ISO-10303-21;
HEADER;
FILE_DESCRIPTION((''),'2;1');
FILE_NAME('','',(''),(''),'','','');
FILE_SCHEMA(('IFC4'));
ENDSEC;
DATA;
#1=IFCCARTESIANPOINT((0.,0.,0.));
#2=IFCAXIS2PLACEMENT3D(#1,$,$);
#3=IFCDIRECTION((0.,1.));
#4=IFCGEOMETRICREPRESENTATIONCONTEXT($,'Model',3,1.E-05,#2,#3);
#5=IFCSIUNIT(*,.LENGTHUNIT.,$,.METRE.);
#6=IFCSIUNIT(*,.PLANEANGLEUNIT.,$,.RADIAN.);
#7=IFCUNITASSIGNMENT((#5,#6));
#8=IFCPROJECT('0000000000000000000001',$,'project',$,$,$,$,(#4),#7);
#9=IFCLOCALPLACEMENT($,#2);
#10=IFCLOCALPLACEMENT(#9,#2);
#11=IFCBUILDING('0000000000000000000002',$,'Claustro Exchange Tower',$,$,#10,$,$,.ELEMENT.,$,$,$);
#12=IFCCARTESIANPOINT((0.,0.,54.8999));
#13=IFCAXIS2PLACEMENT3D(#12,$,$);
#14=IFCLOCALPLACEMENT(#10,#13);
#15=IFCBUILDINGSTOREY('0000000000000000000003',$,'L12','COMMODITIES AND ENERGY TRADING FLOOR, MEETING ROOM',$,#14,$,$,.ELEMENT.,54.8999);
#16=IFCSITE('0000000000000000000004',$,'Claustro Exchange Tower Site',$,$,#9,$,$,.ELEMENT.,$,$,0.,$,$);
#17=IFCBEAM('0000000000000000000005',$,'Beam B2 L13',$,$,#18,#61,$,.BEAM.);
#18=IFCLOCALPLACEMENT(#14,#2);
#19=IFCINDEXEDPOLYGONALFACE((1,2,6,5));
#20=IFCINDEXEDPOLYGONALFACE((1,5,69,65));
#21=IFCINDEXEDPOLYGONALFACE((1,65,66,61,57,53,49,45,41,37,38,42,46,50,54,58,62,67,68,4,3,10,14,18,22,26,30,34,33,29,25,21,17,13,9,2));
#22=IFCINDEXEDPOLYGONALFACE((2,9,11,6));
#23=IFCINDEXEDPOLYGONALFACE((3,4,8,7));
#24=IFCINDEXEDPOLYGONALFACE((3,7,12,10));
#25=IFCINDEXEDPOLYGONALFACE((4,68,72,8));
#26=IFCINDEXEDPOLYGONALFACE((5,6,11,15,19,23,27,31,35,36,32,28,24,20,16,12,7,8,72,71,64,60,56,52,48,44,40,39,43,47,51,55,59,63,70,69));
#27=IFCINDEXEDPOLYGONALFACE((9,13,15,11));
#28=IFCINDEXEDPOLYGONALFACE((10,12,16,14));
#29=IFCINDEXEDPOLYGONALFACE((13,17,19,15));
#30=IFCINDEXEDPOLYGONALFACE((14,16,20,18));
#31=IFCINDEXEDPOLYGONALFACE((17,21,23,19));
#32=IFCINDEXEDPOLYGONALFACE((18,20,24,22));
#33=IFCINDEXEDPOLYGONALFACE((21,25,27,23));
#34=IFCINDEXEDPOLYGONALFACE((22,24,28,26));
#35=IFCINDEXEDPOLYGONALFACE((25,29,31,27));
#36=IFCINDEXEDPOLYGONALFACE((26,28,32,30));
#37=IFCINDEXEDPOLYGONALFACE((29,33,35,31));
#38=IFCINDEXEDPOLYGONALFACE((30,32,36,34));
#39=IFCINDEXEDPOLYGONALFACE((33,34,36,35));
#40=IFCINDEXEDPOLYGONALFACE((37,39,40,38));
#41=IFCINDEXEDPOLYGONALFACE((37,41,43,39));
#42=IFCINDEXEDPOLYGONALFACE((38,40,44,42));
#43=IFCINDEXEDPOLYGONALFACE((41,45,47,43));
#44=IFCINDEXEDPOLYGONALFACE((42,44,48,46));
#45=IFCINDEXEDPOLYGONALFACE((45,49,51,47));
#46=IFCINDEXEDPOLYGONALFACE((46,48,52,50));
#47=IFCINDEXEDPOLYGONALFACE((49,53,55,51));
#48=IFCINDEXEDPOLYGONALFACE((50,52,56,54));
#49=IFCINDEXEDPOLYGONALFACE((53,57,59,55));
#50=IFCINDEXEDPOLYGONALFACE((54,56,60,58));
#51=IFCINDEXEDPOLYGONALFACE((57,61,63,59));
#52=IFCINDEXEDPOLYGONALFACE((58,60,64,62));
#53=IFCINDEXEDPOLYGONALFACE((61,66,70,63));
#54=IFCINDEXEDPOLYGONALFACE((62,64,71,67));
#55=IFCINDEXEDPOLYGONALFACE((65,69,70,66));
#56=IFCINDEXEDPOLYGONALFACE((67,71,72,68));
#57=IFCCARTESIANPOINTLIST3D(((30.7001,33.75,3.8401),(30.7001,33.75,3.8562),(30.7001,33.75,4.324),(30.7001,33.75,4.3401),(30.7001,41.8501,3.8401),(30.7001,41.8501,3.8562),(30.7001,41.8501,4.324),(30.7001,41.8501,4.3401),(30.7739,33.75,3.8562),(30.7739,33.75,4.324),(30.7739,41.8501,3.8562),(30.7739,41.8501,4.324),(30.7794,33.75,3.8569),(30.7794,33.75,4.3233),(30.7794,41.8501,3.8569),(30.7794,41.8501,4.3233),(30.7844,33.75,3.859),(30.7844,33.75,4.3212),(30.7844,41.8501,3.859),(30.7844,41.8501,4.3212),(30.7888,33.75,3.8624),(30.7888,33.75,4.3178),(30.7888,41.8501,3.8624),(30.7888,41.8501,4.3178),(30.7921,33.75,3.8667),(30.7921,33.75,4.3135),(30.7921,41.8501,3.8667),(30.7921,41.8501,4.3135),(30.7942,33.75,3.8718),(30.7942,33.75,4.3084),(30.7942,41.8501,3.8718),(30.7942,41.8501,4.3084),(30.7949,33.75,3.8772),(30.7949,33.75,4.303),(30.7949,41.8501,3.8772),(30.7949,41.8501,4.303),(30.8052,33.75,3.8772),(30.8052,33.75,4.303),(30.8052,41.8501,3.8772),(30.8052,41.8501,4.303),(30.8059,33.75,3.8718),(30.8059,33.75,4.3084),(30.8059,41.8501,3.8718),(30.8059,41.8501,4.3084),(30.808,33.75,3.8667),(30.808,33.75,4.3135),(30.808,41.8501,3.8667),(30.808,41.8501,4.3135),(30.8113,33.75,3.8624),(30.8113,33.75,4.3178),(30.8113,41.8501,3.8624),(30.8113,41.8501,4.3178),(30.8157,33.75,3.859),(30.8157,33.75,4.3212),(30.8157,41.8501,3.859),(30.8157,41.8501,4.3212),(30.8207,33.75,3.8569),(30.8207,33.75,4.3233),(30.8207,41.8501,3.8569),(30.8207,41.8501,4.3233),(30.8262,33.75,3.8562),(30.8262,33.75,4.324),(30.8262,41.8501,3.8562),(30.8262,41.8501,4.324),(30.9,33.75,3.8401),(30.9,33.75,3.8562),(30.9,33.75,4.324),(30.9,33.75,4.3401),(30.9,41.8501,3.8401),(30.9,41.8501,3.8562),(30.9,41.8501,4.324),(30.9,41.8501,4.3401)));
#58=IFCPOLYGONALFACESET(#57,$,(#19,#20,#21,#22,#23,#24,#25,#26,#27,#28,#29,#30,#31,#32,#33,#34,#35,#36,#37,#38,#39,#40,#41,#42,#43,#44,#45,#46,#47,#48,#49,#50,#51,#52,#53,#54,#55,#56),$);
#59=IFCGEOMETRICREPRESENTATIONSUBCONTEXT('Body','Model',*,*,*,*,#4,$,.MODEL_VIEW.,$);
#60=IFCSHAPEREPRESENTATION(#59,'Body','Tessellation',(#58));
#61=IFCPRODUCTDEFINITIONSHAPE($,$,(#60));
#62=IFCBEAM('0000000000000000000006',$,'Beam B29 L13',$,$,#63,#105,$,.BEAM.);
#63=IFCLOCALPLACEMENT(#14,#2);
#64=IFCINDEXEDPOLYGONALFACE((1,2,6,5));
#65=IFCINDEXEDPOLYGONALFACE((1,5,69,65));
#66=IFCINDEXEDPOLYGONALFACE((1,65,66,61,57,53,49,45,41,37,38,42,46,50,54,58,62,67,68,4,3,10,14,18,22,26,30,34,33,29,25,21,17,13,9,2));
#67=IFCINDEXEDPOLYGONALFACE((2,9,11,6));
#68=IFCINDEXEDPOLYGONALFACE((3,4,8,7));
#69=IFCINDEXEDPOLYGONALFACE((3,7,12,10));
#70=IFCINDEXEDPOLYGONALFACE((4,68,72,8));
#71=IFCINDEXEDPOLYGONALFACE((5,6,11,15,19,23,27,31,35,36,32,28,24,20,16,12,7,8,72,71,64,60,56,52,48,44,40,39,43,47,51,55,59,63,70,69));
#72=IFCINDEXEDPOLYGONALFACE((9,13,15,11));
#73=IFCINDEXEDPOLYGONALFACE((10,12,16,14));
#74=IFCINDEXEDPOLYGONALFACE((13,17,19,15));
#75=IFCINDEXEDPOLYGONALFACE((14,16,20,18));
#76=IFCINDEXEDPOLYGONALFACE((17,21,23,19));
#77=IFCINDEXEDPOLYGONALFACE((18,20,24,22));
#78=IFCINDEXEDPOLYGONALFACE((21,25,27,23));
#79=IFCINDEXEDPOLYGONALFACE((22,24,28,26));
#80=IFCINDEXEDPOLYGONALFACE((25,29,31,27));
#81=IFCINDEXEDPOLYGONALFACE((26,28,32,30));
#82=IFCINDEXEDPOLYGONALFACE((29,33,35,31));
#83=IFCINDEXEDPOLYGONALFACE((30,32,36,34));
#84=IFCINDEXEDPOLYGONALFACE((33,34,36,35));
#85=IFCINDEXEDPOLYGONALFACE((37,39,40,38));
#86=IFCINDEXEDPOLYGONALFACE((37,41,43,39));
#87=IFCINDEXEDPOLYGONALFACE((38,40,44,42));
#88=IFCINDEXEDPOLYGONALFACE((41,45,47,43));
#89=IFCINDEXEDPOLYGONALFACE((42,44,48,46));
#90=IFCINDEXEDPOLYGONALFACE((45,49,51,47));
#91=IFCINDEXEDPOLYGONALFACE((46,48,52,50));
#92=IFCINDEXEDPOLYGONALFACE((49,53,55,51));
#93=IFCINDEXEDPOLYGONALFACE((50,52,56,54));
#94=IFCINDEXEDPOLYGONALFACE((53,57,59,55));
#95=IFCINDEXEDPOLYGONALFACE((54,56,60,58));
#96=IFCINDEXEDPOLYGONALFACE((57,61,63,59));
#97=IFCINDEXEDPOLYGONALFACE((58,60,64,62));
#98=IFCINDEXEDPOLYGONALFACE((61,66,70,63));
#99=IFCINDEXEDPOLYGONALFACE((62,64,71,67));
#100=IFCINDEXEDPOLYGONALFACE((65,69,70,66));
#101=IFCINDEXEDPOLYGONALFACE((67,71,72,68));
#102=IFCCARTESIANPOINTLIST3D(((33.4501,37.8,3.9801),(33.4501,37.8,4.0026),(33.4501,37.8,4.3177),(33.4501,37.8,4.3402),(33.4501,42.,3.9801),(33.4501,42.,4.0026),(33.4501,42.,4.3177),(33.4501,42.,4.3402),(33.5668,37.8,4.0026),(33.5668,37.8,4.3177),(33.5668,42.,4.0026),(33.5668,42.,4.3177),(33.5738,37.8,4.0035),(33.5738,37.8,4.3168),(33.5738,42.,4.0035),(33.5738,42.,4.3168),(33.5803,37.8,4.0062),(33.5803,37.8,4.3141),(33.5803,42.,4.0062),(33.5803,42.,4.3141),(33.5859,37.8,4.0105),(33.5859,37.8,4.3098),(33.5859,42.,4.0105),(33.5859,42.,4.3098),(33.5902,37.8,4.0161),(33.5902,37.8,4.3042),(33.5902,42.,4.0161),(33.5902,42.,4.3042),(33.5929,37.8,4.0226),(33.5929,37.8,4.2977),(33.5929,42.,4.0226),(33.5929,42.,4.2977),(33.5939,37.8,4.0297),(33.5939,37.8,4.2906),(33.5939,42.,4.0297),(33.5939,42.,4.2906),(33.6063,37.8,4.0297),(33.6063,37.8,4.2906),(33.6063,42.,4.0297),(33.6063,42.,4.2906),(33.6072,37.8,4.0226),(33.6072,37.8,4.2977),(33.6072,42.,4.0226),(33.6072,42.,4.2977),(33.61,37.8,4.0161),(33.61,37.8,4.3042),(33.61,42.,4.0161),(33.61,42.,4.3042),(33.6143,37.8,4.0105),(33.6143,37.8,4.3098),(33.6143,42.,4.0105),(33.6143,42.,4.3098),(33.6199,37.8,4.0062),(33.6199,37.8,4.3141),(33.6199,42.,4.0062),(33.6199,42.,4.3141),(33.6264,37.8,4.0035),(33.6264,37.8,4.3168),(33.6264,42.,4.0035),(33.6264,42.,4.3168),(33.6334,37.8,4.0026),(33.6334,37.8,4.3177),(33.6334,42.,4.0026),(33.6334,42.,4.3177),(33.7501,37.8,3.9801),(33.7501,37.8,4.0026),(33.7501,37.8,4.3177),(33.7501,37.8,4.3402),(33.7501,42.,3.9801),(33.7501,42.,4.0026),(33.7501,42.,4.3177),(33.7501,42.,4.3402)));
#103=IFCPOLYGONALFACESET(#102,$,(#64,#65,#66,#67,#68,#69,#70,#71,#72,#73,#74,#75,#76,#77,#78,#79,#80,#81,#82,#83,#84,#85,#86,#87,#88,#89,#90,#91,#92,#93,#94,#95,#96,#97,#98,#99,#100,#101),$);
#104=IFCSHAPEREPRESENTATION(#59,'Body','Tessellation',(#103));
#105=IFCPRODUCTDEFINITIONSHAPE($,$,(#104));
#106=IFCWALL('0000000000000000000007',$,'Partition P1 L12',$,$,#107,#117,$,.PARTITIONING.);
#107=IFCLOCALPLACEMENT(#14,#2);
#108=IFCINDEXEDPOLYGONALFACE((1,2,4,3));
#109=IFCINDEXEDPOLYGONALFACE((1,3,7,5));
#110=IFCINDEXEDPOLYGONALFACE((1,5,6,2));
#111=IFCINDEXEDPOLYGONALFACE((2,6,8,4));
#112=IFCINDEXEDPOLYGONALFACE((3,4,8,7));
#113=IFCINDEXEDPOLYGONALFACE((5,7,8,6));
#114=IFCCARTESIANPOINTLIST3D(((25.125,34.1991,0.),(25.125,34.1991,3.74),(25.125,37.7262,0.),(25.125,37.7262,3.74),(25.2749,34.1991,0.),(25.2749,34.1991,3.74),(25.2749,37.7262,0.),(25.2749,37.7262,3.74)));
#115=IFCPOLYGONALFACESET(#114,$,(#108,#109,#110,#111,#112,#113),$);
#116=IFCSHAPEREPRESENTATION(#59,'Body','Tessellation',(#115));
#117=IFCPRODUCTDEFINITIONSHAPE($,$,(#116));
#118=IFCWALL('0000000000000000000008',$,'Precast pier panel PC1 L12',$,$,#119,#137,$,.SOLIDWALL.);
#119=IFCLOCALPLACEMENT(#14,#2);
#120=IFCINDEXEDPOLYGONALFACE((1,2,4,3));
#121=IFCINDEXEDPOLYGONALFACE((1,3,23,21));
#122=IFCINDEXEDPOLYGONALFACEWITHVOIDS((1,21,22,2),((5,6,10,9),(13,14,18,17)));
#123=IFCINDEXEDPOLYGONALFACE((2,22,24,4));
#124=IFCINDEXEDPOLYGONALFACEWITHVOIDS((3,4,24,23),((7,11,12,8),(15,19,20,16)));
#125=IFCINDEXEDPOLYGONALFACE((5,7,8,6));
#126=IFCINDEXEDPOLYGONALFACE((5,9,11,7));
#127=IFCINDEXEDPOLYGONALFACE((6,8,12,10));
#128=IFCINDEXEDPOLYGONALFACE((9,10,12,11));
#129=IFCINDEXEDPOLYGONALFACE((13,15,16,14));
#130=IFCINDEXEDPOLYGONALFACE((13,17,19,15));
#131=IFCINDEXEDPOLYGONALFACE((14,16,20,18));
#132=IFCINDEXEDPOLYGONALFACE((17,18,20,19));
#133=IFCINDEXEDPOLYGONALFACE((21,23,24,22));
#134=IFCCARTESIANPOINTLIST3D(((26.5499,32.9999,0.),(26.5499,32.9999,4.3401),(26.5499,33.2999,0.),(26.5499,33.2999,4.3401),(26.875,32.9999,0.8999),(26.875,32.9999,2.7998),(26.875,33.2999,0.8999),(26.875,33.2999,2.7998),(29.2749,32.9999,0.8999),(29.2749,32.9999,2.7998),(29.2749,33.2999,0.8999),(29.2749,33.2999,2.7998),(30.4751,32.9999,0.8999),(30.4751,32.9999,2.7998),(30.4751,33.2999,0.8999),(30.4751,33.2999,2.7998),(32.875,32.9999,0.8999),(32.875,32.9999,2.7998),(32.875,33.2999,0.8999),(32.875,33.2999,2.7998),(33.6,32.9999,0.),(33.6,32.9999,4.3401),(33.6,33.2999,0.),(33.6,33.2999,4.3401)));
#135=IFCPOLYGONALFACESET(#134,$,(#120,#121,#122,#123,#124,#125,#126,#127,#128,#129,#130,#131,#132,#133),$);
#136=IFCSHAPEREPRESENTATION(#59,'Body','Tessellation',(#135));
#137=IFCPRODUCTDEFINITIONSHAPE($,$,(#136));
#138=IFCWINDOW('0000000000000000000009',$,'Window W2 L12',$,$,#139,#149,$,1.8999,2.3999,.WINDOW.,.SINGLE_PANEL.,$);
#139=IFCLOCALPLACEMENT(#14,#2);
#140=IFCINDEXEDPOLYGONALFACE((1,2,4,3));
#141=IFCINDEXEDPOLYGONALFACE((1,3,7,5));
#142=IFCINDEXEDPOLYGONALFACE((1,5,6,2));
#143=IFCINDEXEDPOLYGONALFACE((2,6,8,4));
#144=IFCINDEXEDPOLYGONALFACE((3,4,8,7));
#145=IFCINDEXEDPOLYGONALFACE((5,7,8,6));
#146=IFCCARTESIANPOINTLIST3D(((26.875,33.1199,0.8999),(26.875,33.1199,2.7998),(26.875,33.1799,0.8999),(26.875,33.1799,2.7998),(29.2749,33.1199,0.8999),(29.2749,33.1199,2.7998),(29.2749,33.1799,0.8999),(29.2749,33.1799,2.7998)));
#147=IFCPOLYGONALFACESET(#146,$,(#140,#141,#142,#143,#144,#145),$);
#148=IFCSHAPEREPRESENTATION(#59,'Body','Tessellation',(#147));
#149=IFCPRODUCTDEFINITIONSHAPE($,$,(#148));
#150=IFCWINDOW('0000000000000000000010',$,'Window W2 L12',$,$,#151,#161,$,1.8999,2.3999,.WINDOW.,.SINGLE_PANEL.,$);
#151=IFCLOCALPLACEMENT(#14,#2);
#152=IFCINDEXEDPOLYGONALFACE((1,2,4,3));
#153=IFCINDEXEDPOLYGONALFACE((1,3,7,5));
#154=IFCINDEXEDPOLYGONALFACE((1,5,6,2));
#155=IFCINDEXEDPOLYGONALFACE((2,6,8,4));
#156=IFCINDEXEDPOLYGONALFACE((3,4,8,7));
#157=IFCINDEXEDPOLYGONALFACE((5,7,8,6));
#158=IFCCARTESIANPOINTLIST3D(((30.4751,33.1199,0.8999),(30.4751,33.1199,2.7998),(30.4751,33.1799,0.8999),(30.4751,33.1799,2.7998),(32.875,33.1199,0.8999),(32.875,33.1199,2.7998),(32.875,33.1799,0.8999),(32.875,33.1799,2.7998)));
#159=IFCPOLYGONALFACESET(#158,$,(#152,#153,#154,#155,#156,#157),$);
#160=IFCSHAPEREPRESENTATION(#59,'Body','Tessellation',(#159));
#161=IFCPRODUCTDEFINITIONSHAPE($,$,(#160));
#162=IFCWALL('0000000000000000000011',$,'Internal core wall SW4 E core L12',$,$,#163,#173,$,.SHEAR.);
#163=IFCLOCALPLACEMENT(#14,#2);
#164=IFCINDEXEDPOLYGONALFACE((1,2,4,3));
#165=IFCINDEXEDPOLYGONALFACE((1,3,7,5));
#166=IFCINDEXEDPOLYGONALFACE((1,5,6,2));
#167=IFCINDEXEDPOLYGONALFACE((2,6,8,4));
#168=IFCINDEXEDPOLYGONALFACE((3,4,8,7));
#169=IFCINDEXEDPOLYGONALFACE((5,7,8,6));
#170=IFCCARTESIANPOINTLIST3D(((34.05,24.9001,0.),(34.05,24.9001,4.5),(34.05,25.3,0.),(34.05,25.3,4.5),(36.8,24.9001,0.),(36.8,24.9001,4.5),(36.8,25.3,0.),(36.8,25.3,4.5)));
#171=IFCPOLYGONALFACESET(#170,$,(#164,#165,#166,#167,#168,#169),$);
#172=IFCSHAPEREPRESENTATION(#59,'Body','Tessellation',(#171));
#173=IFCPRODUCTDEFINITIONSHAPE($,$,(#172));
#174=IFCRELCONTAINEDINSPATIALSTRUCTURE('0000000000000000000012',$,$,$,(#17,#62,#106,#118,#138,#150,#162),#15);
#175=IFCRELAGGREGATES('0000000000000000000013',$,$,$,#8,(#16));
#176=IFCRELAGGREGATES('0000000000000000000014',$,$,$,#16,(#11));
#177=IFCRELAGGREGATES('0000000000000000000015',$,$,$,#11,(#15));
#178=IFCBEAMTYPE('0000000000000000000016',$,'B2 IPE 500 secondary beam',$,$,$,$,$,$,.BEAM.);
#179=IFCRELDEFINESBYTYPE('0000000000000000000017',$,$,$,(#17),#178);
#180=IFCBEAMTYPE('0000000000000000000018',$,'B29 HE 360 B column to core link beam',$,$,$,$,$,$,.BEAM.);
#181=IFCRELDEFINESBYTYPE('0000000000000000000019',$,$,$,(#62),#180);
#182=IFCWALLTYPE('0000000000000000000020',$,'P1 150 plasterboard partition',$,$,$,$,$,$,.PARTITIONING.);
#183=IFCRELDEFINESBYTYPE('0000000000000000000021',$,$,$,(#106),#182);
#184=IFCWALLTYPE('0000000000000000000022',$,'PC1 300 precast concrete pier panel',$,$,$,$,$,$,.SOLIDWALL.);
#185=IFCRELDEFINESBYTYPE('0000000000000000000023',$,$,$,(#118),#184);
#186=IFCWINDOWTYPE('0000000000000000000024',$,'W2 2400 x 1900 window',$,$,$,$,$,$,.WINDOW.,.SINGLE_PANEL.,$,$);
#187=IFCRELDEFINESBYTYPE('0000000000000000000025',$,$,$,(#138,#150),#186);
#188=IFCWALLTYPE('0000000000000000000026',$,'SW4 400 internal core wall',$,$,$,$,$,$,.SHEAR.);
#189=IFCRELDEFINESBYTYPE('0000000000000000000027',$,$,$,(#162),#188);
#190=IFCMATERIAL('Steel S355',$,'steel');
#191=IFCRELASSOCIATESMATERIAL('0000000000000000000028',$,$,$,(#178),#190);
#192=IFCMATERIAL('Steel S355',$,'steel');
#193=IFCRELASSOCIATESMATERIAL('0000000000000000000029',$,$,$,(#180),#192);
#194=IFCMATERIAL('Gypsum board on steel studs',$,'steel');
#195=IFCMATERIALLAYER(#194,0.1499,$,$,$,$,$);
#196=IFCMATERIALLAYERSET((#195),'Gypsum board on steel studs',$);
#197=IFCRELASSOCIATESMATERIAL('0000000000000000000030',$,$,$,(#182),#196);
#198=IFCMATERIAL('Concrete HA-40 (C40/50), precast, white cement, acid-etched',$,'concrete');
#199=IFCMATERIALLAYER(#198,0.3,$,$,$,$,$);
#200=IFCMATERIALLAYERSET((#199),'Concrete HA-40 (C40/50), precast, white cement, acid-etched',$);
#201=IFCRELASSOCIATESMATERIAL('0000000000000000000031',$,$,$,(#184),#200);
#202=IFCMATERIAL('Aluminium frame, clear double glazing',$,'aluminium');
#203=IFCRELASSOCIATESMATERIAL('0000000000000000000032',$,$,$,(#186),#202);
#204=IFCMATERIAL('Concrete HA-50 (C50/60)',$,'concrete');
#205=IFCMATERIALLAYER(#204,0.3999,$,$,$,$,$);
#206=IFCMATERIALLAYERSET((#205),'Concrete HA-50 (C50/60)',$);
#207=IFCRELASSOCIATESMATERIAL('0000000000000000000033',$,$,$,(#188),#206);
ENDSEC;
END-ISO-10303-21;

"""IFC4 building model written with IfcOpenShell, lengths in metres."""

from ifc_helpers import new_model, si_unit, direction, frame, frame_2d, origin, origin_2d, place, context, subcontext, project, spatial, rectangle, i_section, extrude, material, layer, layer_set, material_profile, profile_set, type_object, element, fill, save


model = new_model("IFC4")

# Units and contexts
model_context = context("Model", 3, precision=1e-05, world=origin(), true_north=direction((0.0, 1.0)))
body_context = subcontext(model_context, "Body", "Model", "MODEL_VIEW")
ifc_project = project(units=[si_unit("LENGTHUNIT", "METRE"), si_unit("PLANEANGLEUNIT", "RADIAN")], contexts=[model_context])

# Site, building, storey
site_placement = place(None, origin())
site = spatial("IfcSite", under=ifc_project, at=site_placement, Name="Claustro Exchange Tower Site", CompositionType="ELEMENT", RefElevation=0.0)
building_placement = place(site_placement, origin())
building = spatial("IfcBuilding", under=site, at=building_placement, Name="Claustro Exchange Tower", CompositionType="ELEMENT")
storey_placement = place(building_placement, frame((0.0, 0.0, 54.8999)))
storey = spatial("IfcBuildingStorey", under=building, at=storey_placement, Name="L12", Description="COMMODITIES AND ENERGY TRADING FLOOR, MEETING ROOM", CompositionType="ELEMENT", Elevation=54.8999)

# Beams
ifc_material_1 = material(Name="Steel S355", Category="steel")
ifc_material_profile_1 = material_profile(ifc_material_1, i_section(OverallWidth=0.2, OverallDepth=0.5, WebThickness=0.0103, FlangeThickness=0.0161, FilletRadius=0.021, at=origin_2d()), Name="IPE 500")
ifc_profile_set_1 = profile_set([ifc_material_profile_1], Name="Steel S355")
beam_type_1 = type_object("IfcBeamType", Name="B2 IPE 500 secondary beam", PredefinedType="BEAM", material=ifc_profile_set_1)
for number, where, z_axis, x_axis, name in (
    (1, (30.8, 33.75, 4.0901), (0.0, 1.0, 0.0), (-1.0, 0.0, 0.0), "Beam B2 L13"),
):
    element("IfcBeam", number, at=place(storey_placement, frame(where, z_axis=z_axis, x_axis=x_axis)), inside=storey, type_object=beam_type_1, Name=name, PredefinedType="BEAM", context=body_context, shape_type="SweptSolid", body=[
        extrude(i_section(OverallWidth=0.2, OverallDepth=0.5, WebThickness=0.0103, FlangeThickness=0.0161, FilletRadius=0.021, at=origin_2d()), origin(), (0.0, 0.0, 1.0), 8.1001),
    ])
ifc_material_2 = material(Name="Steel S355", Category="steel")
ifc_material_profile_2 = material_profile(ifc_material_2, i_section(OverallWidth=0.3, OverallDepth=0.3601, WebThickness=0.0125, FlangeThickness=0.0225, FilletRadius=0.0271, at=origin_2d()), Name="HE 360 B")
ifc_profile_set_2 = profile_set([ifc_material_profile_2], Name="Steel S355")
beam_type_2 = type_object("IfcBeamType", Name="B29 HE 360 B column to core link beam", PredefinedType="BEAM", material=ifc_profile_set_2)
beam_1_placement = place(storey_placement, frame((33.6001, 37.8, 4.1602), z_axis=(0.0, 1.0, 0.0), x_axis=(-1.0, 0.0, 0.0)))
element("IfcBeam", 2, at=beam_1_placement, inside=storey, type_object=beam_type_2, Name="Beam B29 L13", PredefinedType="BEAM", context=body_context, shape_type="SweptSolid", body=[
    extrude(i_section(OverallWidth=0.3, OverallDepth=0.3601, WebThickness=0.0125, FlangeThickness=0.0225, FilletRadius=0.0271, at=origin_2d()), origin(), (0.0, 0.0, 1.0), 4.2),
])

# Wall
ifc_material_3 = material(Name="Gypsum board on steel studs", Category="steel")
ifc_layer_1 = layer(ifc_material_3, 0.1499)
ifc_layer_set_1 = layer_set([ifc_layer_1], Name="Gypsum board on steel studs")
wall_type_1 = type_object("IfcWallType", Name="P1 150 plasterboard partition", PredefinedType="PARTITIONING", material=ifc_layer_set_1)
wall_1_placement = place(storey_placement, frame((25.2, 34.199, 0.0), z_axis=(0.0, 0.0, 1.0), x_axis=(0.0, 1.0, 0.0)))
element("IfcWall", 3, at=wall_1_placement, inside=storey, type_object=wall_type_1, Name="Partition P1 L12", PredefinedType="PARTITIONING", context=body_context, shape_type="SweptSolid", body=[
    extrude(rectangle(XDim=3.5271, YDim=0.1499, at=frame_2d((1.7637, 0.0))), origin(), (0.0, 0.0, 1.0), 3.74),
])

# Wall, openings, windows
ifc_material_4 = material(Name="Concrete HA-40 (C40/50), precast, white cement, acid-etched", Category="concrete")
ifc_layer_2 = layer(ifc_material_4, 0.3)
ifc_layer_set_2 = layer_set([ifc_layer_2], Name="Concrete HA-40 (C40/50), precast, white cement, acid-etched")
wall_type_2 = type_object("IfcWallType", Name="PC1 300 precast concrete pier panel", PredefinedType="SOLIDWALL", material=ifc_layer_set_2)
wall_2_placement = place(storey_placement, frame((26.55, 33.1499, 0.0), z_axis=(0.0, 0.0, 1.0), x_axis=(1.0, 0.0, 0.0)))
wall_2 = element("IfcWall", 4, at=wall_2_placement, inside=storey, type_object=wall_type_2, Name="Precast pier panel PC1 L12", PredefinedType="SOLIDWALL", context=body_context, shape_type="SweptSolid", body=[
    extrude(rectangle(XDim=7.05, YDim=0.3, at=frame_2d((3.5249, 0.0))), origin(), (0.0, 0.0, 1.0), 4.3401),
])
opening_1_placement = place(wall_2_placement, frame((0.325, 0.0, 0.8999)))
opening_1 = element("IfcOpeningElement", 5, at=opening_1_placement, cuts=wall_2, PredefinedType="OPENING", context=body_context, shape_type="SweptSolid", body=[
    extrude(rectangle(XDim=2.3999, YDim=1.8999, at=frame_2d((1.2, 0.95))), frame((0.0, 0.1599, 0.0), z_axis=(0.0, -1.0, 0.0), x_axis=(1.0, 0.0, 0.0)), (0.0, 0.0, 1.0), 0.3201),
])
opening_2_placement = place(wall_2_placement, frame((3.925, 0.0, 0.8999)))
opening_2 = element("IfcOpeningElement", 6, at=opening_2_placement, cuts=wall_2, PredefinedType="OPENING", context=body_context, shape_type="SweptSolid", body=[
    extrude(rectangle(XDim=2.3999, YDim=1.8999, at=frame_2d((1.2, 0.95))), frame((0.0, 0.1599, 0.0), z_axis=(0.0, -1.0, 0.0), x_axis=(1.0, 0.0, 0.0)), (0.0, 0.0, 1.0), 0.3201),
])
ifc_material_5 = material(Name="Aluminium frame, clear double glazing", Category="aluminium")
window_type = type_object("IfcWindowType", Name="W2 2400 x 1900 window", PartitioningType="SINGLE_PANEL", PredefinedType="WINDOW", material=ifc_material_5)
window_1_placement = place(opening_1_placement, origin())
window_1 = element("IfcWindow", 7, at=window_1_placement, inside=storey, type_object=window_type, Name="Window W2 L12", OverallHeight=1.8999, OverallWidth=2.3999, PartitioningType="SINGLE_PANEL", PredefinedType="WINDOW", context=body_context, shape_type="SweptSolid", body=[
    extrude(rectangle(XDim=2.3999, YDim=1.8999, at=frame_2d((1.2, 0.95))), frame((0.0, 0.03, 0.0), z_axis=(0.0, -1.0, 0.0), x_axis=(1.0, 0.0, 0.0)), (0.0, 0.0, 1.0), 0.0601),
])
fill(opening_1, window_1)
window_2_placement = place(opening_2_placement, origin())
window_2 = element("IfcWindow", 8, at=window_2_placement, inside=storey, type_object=window_type, Name="Window W2 L12", OverallHeight=1.8999, OverallWidth=2.3999, PartitioningType="SINGLE_PANEL", PredefinedType="WINDOW", context=body_context, shape_type="SweptSolid", body=[
    extrude(rectangle(XDim=2.3999, YDim=1.8999, at=frame_2d((1.2, 0.95))), frame((0.0, 0.03, 0.0), z_axis=(0.0, -1.0, 0.0), x_axis=(1.0, 0.0, 0.0)), (0.0, 0.0, 1.0), 0.0601),
])
fill(opening_2, window_2)

# Wall
ifc_material_6 = material(Name="Concrete HA-50 (C50/60)", Category="concrete")
ifc_layer_3 = layer(ifc_material_6, 0.3999)
ifc_layer_set_3 = layer_set([ifc_layer_3], Name="Concrete HA-50 (C50/60)")
wall_type_3 = type_object("IfcWallType", Name="SW4 400 internal core wall", PredefinedType="SHEAR", material=ifc_layer_set_3)
wall_3_placement = place(storey_placement, frame((36.8, 25.1001, 0.0), z_axis=(0.0, 0.0, 1.0), x_axis=(-1.0, 0.0, 0.0)))
element("IfcWall", 9, at=wall_3_placement, inside=storey, type_object=wall_type_3, Name="Internal core wall SW4 E core L12", PredefinedType="SHEAR", context=body_context, shape_type="SweptSolid", body=[
    extrude(rectangle(XDim=2.75, YDim=0.3999, at=frame_2d((1.375, 0.0))), origin(), (0.0, 0.0, 1.0), 4.5),
])

save(model, "model.ifc")
